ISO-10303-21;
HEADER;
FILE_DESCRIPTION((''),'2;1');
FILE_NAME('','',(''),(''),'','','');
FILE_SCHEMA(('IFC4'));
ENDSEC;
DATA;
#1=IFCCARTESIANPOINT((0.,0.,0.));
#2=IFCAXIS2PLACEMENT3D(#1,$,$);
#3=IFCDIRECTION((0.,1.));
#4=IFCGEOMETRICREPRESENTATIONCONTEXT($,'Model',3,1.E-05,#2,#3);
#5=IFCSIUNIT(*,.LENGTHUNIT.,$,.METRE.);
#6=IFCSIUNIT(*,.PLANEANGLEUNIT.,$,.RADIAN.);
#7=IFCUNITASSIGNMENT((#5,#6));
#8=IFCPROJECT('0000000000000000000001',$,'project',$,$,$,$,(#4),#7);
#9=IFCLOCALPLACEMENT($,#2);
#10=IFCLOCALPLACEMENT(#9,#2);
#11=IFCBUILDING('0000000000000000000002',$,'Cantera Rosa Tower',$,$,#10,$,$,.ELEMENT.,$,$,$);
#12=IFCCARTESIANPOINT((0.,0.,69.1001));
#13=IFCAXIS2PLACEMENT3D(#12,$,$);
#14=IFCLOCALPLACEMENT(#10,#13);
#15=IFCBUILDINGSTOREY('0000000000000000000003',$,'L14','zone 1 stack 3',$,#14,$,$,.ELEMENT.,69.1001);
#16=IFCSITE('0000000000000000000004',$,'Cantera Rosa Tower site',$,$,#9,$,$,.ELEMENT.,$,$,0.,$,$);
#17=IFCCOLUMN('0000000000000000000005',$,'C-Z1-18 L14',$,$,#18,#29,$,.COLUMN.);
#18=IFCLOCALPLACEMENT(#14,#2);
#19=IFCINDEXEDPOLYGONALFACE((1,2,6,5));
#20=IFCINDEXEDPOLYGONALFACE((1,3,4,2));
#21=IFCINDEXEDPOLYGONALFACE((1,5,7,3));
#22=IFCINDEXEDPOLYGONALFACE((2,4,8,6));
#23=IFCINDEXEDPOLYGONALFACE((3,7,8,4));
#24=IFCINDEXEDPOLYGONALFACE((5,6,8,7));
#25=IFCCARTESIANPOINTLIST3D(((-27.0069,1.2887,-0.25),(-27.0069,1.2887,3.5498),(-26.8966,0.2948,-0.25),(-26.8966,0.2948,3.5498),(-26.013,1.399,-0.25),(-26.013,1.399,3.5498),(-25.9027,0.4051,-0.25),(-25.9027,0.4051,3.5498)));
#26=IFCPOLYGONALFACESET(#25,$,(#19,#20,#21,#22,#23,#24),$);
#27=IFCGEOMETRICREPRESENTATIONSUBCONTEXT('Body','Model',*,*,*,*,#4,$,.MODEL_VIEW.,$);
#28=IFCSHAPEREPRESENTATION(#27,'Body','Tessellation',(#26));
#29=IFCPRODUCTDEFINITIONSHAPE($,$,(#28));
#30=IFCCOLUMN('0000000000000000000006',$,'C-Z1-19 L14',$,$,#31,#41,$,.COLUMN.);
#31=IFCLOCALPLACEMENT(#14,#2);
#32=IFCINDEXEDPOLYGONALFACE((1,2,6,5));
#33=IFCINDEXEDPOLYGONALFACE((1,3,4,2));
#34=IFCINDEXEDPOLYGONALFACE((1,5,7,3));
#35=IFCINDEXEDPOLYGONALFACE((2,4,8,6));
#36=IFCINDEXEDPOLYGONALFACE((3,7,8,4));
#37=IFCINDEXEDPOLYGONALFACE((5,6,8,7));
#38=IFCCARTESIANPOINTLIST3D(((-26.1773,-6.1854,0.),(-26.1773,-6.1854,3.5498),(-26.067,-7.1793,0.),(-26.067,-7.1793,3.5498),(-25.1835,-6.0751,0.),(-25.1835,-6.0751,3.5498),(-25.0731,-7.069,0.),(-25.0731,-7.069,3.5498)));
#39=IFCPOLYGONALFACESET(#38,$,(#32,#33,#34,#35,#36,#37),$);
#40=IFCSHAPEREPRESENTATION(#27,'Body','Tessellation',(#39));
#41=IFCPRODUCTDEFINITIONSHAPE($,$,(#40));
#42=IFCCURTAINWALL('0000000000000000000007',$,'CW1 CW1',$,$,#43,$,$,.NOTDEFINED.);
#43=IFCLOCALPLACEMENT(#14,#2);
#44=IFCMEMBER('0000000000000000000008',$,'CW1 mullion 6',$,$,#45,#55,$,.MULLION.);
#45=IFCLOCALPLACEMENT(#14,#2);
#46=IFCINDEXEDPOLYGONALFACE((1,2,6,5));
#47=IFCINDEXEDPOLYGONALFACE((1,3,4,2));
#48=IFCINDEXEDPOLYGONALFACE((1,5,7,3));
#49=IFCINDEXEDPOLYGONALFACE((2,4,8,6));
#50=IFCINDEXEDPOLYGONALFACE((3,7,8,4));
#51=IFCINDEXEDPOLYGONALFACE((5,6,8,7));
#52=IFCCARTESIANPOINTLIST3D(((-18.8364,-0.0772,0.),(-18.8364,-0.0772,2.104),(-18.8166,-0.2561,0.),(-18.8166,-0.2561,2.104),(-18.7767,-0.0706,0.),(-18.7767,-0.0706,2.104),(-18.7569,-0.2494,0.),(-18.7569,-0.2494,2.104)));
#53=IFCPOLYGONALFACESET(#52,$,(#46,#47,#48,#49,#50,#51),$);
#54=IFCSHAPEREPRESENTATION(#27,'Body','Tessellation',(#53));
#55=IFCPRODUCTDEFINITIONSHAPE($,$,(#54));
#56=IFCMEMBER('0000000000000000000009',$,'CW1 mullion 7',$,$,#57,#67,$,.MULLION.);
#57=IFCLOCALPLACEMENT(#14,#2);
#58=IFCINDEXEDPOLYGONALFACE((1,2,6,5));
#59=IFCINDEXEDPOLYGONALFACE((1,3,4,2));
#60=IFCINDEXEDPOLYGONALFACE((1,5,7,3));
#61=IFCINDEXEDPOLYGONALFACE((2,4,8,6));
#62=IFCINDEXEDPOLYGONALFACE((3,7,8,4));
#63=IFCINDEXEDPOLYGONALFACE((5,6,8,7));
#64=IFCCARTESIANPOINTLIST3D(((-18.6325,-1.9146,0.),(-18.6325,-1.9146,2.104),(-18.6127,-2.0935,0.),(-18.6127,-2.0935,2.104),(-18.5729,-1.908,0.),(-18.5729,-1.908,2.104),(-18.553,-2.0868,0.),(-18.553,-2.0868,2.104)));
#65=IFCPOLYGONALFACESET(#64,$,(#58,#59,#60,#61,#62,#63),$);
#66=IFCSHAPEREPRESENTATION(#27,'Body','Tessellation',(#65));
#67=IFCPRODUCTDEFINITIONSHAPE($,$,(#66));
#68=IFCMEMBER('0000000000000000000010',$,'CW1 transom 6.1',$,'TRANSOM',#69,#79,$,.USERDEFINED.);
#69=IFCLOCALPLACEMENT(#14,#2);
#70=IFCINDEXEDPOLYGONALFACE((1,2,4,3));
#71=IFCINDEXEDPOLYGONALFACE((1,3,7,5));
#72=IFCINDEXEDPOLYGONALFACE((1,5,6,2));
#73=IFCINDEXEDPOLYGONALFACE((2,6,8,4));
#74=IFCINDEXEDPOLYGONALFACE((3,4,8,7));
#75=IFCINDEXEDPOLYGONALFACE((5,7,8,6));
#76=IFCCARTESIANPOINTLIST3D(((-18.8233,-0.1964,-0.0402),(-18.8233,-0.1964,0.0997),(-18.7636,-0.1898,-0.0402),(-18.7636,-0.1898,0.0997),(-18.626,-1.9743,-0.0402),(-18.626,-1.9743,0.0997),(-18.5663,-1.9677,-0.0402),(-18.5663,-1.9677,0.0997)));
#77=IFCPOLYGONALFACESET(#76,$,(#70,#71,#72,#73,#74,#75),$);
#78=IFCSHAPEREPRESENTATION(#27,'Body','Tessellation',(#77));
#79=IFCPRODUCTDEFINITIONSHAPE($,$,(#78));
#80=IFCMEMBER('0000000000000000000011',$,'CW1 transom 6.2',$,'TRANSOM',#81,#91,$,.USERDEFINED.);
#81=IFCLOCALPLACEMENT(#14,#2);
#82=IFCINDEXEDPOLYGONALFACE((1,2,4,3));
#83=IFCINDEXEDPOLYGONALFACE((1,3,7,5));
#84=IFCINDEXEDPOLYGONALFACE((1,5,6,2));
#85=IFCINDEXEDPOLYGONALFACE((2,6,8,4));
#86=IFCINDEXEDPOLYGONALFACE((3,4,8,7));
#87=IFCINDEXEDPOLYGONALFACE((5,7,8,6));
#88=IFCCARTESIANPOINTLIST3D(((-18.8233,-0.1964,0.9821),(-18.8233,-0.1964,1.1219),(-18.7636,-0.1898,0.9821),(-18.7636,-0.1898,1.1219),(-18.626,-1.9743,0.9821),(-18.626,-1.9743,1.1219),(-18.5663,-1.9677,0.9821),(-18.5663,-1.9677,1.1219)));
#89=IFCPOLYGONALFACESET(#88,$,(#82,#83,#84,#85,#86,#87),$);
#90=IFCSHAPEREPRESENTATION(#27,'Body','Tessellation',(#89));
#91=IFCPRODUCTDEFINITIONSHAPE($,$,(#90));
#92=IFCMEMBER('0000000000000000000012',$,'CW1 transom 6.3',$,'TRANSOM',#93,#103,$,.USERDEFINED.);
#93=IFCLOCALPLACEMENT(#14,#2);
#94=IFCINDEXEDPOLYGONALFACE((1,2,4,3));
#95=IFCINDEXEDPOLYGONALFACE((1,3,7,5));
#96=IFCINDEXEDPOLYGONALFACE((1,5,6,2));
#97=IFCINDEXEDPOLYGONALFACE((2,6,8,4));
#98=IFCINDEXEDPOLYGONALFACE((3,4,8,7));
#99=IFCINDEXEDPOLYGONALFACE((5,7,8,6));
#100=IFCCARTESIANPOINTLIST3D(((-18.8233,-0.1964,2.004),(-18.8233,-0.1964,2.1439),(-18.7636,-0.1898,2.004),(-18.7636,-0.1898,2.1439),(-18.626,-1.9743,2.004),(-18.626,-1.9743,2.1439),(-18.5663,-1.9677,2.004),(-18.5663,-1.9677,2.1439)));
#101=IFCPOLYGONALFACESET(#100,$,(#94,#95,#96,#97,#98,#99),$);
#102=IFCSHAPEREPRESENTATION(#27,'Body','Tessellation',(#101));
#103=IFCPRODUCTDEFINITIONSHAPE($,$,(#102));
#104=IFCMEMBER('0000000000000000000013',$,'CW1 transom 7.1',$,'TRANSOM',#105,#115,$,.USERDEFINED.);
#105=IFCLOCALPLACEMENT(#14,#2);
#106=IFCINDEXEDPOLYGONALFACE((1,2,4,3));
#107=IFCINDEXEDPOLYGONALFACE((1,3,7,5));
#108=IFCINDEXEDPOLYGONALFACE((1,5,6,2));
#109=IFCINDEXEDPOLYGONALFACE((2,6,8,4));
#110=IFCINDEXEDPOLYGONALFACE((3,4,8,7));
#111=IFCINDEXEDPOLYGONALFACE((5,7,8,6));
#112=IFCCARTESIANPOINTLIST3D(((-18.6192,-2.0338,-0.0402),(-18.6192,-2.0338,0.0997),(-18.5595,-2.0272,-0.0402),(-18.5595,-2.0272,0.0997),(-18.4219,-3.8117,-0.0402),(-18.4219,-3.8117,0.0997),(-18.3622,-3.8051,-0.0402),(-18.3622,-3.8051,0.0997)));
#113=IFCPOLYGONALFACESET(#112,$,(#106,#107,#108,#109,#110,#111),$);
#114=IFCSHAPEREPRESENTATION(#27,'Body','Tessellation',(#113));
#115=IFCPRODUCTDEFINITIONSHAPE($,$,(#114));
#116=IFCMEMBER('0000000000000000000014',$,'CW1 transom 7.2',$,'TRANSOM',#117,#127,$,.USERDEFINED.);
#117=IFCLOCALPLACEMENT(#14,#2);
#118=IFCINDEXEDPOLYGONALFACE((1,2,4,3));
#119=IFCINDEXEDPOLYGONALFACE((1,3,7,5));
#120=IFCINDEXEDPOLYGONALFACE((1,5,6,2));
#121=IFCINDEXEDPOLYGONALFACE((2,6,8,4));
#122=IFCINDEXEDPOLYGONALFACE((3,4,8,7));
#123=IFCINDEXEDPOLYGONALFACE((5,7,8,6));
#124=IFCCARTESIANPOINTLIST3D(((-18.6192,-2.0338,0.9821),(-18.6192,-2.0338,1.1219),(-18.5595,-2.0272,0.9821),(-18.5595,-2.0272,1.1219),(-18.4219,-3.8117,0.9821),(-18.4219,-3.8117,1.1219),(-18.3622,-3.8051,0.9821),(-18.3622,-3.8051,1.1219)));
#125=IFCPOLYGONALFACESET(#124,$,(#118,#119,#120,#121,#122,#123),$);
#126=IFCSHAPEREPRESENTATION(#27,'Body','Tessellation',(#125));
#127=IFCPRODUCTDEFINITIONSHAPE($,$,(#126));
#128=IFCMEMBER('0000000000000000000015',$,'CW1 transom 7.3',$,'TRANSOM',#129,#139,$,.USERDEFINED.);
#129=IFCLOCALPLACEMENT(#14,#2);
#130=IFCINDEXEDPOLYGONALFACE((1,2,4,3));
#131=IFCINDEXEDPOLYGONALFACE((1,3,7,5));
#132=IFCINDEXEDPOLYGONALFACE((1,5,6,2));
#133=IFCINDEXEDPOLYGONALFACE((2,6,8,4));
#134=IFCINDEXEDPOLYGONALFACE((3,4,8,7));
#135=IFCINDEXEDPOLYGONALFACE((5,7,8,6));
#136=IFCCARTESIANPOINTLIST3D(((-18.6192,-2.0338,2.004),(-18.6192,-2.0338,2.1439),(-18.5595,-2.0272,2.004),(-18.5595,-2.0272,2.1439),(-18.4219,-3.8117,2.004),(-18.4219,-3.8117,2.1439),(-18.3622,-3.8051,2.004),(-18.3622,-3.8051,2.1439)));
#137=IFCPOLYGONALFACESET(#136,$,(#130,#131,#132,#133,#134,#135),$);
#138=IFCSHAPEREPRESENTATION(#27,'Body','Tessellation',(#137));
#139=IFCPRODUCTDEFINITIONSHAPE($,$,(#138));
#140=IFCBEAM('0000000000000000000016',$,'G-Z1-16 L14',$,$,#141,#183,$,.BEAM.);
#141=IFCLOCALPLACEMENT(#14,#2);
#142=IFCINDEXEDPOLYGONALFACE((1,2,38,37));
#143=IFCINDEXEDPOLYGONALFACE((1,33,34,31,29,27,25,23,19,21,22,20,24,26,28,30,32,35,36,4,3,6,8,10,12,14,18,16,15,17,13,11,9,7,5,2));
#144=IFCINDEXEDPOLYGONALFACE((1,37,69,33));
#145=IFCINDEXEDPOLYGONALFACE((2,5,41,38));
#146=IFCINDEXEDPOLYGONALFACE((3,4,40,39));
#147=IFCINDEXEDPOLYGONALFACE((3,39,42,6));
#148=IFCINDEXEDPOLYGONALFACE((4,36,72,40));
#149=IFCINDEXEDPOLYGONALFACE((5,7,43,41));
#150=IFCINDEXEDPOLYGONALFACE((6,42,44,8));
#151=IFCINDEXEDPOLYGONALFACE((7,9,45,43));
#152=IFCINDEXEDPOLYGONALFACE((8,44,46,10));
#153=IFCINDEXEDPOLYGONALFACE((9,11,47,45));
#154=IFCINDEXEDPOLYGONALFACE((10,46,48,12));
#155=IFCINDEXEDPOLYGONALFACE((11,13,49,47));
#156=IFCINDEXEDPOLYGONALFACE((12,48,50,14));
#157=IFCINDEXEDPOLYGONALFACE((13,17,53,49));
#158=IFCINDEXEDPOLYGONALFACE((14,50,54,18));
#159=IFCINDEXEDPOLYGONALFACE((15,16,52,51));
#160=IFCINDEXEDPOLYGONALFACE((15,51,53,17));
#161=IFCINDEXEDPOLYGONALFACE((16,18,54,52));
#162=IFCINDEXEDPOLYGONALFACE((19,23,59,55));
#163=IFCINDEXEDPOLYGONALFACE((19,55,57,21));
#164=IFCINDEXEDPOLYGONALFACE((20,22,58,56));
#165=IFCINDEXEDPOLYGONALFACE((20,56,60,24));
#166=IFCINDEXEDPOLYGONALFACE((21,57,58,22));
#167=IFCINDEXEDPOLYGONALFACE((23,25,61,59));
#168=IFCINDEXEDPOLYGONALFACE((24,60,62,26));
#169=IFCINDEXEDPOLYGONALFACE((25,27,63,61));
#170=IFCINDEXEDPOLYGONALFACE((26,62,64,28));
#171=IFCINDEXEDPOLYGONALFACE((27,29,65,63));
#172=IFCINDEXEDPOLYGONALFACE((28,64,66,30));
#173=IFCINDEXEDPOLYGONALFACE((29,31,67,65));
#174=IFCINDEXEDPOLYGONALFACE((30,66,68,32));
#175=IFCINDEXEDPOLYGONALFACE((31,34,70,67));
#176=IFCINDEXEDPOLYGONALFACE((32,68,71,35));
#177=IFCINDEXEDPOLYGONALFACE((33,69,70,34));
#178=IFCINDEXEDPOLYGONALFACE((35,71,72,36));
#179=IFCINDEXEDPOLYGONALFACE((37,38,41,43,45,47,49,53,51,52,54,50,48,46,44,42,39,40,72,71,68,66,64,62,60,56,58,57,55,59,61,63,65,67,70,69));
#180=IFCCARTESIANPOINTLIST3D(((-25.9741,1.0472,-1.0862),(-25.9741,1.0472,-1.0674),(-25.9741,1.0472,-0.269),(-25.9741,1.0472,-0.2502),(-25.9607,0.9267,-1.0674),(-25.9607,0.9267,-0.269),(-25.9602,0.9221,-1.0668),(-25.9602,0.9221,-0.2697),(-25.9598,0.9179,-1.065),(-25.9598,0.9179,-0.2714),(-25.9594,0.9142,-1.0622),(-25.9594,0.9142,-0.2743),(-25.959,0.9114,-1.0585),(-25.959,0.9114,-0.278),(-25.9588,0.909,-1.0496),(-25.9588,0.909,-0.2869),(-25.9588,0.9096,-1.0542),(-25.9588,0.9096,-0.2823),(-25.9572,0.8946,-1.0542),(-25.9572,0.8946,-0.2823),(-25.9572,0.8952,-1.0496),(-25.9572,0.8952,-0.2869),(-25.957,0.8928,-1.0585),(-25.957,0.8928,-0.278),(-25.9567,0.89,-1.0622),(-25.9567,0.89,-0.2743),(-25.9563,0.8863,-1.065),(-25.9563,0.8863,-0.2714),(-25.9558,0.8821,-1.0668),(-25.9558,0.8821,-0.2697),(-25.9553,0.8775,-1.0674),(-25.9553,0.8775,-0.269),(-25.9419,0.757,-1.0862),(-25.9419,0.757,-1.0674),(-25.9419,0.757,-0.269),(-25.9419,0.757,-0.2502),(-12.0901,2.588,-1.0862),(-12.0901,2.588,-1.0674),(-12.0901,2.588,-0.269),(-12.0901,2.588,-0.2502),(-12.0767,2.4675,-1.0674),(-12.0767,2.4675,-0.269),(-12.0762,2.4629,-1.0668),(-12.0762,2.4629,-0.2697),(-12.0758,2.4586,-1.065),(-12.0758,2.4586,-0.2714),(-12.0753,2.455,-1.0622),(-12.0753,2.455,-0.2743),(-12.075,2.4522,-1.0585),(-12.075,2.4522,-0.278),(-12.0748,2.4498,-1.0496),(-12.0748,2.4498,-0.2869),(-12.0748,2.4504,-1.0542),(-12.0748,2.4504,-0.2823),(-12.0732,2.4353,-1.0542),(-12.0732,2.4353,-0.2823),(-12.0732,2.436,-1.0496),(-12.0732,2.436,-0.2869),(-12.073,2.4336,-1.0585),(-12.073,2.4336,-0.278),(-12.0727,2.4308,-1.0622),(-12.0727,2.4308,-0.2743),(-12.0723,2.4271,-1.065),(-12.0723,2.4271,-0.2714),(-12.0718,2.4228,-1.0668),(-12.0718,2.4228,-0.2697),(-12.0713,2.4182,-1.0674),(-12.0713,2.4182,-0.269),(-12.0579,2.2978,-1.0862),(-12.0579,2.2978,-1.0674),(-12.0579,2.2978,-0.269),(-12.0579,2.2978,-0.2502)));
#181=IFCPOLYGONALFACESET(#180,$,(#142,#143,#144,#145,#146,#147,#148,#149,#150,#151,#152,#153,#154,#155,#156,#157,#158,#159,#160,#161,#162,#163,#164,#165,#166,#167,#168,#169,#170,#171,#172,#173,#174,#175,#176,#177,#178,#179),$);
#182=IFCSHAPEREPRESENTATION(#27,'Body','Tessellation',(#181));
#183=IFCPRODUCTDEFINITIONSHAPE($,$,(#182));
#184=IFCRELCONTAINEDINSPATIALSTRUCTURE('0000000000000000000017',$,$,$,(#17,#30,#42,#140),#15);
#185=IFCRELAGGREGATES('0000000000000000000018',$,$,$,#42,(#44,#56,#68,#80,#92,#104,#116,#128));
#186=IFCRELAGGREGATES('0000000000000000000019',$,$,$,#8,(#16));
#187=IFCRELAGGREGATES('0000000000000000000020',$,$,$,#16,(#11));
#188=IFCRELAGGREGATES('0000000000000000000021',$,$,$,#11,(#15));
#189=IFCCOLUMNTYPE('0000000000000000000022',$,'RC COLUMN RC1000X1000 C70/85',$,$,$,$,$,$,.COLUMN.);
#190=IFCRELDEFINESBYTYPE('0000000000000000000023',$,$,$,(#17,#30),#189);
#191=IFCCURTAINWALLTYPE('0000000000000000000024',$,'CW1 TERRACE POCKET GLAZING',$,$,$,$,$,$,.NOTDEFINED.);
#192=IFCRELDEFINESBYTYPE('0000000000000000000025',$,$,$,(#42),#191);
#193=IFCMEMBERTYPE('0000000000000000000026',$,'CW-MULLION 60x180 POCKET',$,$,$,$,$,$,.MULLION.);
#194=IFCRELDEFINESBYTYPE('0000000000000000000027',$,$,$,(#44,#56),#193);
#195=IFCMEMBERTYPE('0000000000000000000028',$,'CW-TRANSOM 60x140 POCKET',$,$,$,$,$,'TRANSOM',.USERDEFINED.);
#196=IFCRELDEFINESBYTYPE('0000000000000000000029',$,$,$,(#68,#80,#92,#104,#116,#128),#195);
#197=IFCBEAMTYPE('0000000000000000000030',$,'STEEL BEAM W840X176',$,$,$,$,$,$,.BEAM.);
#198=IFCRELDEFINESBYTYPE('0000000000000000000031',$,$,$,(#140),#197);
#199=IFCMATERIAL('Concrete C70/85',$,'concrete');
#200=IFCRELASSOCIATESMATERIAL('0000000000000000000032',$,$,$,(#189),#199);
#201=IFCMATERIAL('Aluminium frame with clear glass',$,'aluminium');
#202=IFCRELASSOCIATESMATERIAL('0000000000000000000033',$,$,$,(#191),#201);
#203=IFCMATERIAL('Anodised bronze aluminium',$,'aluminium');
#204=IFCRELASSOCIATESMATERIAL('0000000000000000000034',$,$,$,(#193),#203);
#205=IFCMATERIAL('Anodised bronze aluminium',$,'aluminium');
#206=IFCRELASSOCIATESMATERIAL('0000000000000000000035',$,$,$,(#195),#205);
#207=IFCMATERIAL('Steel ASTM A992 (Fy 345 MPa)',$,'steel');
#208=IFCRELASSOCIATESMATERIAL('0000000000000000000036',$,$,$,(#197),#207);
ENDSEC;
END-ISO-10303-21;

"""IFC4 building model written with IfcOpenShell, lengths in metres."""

from ifc_helpers import new_model, si_unit, direction, frame, origin, origin_2d, place, context, subcontext, project, spatial, rectangle, i_section, extrude, material, material_profile, profile_set, type_object, element, aggregate, save


model = new_model("IFC4")

# Units and contexts
model_context = context("Model", 3, precision=1e-05, world=origin(), true_north=direction((0.0, 1.0)))
body_context = subcontext(model_context, "Body", "Model", "MODEL_VIEW")
ifc_project = project(units=[si_unit("LENGTHUNIT", "METRE"), si_unit("PLANEANGLEUNIT", "RADIAN")], contexts=[model_context])

# Site, building, storey
site_placement = place(None, origin())
site = spatial("IfcSite", under=ifc_project, at=site_placement, Name="Cantera Rosa Tower site", CompositionType="ELEMENT", RefElevation=0.0)
building_placement = place(site_placement, origin())
building = spatial("IfcBuilding", under=site, at=building_placement, Name="Cantera Rosa Tower", CompositionType="ELEMENT")
storey_placement = place(building_placement, frame((0.0, 0.0, 69.1001)))
storey = spatial("IfcBuildingStorey", under=building, at=storey_placement, Name="L14", Description="zone 1 stack 3", CompositionType="ELEMENT", Elevation=69.1001)

# Columns
ifc_material_1 = material(Name="Concrete C70/85", Category="concrete")
ifc_material_profile_1 = material_profile(ifc_material_1, rectangle(XDim=1.0, YDim=1.0, at=origin_2d()), Name="RC COLUMN RC1000X1000 C70/85")
ifc_profile_set_1 = profile_set([ifc_material_profile_1], Name="Concrete C70/85")
column_type = type_object("IfcColumnType", Name="RC COLUMN RC1000X1000 C70/85", PredefinedType="COLUMN", material=ifc_profile_set_1)
column_1_placement = place(storey_placement, frame((-26.4548, 0.8469, -0.25), z_axis=(0.0, 0.0, 1.0), x_axis=(0.993897, 0.110313, 0.0)))
element("IfcColumn", 1, at=column_1_placement, inside=storey, type_object=column_type, Name="C-Z1-18 L14", PredefinedType="COLUMN", context=body_context, shape_type="SweptSolid", body=[
    extrude(rectangle(XDim=1.0, YDim=1.0, at=origin_2d()), origin(), (0.0, 0.0, 1.0), 3.7998),
])
column_2_placement = place(storey_placement, frame((-25.6252, -6.6272, 0.0), z_axis=(0.0, 0.0, 1.0), x_axis=(0.993897, 0.110313, 0.0)))
element("IfcColumn", 2, at=column_2_placement, inside=storey, type_object=column_type, Name="C-Z1-19 L14", PredefinedType="COLUMN", context=body_context, shape_type="SweptSolid", body=[
    extrude(rectangle(XDim=1.0, YDim=1.0, at=origin_2d()), origin(), (0.0, 0.0, 1.0), 3.5498),
])

# Curtain wall, members
ifc_material_2 = material(Name="Aluminium frame with clear glass", Category="aluminium")
curtain_wall_type = type_object("IfcCurtainWallType", Name="CW1 TERRACE POCKET GLAZING", PredefinedType="NOTDEFINED", material=ifc_material_2)
curtain_wall_placement = place(storey_placement, origin())
curtain_wall = element("IfcCurtainWall", 3, at=curtain_wall_placement, inside=storey, type_object=curtain_wall_type, Name="CW1 CW1", PredefinedType="NOTDEFINED")
ifc_material_3 = material(Name="Anodised bronze aluminium", Category="aluminium")
ifc_material_profile_2 = material_profile(ifc_material_3, rectangle(XDim=0.0601, YDim=0.1799, at=origin_2d()), Name="CW-MULLION 60x180 POCKET")
ifc_profile_set_2 = profile_set([ifc_material_profile_2], Name="Anodised bronze aluminium")
member_type_1 = type_object("IfcMemberType", Name="CW-MULLION 60x180 POCKET", PredefinedType="MULLION", material=ifc_profile_set_2)
member_1_placement = place(storey_placement, frame((-18.7966, -0.1633, 0.0), z_axis=(0.0, 0.0, 1.0), x_axis=(0.993897, 0.110313, 0.0)))
member_1 = element("IfcMember", 4, at=member_1_placement, type_object=member_type_1, Name="CW1 mullion 6", PredefinedType="MULLION", context=body_context, shape_type="SweptSolid", body=[
    extrude(rectangle(XDim=0.0601, YDim=0.1799, at=origin_2d()), origin(), (0.0, 0.0, 1.0), 2.104),
])
member_2_placement = place(storey_placement, frame((-18.5928, -2.0007, 0.0), z_axis=(0.0, 0.0, 1.0), x_axis=(0.993897, 0.110313, 0.0)))
member_2 = element("IfcMember", 5, at=member_2_placement, type_object=member_type_1, Name="CW1 mullion 7", PredefinedType="MULLION", context=body_context, shape_type="SweptSolid", body=[
    extrude(rectangle(XDim=0.0601, YDim=0.1799, at=origin_2d()), origin(), (0.0, 0.0, 1.0), 2.104),
])
ifc_material_4 = material(Name="Anodised bronze aluminium", Category="aluminium")
ifc_material_profile_3 = material_profile(ifc_material_4, rectangle(XDim=0.0601, YDim=0.1399, at=origin_2d()), Name="CW-TRANSOM 60x140 POCKET")
ifc_profile_set_3 = profile_set([ifc_material_profile_3], Name="Anodised bronze aluminium")
member_type_2 = type_object("IfcMemberType", Name="CW-TRANSOM 60x140 POCKET", ElementType="TRANSOM", PredefinedType="USERDEFINED", material=ifc_profile_set_3)
member_3_placement = place(storey_placement, frame((-18.7935, -0.1931, 0.0298), z_axis=(0.110282, -0.9939, 0.0), x_axis=(0.9939, 0.110282, 0.0)))
member_3 = element("IfcMember", 6, at=member_3_placement, type_object=member_type_2, Name="CW1 transom 6.1", ObjectType="TRANSOM", PredefinedType="USERDEFINED", context=body_context, shape_type="SweptSolid", body=[
    extrude(rectangle(XDim=0.0601, YDim=0.1399, at=origin_2d()), origin(), (0.0, 0.0, 1.0), 1.7888),
])
member_4_placement = place(storey_placement, frame((-18.7935, -0.1931, 1.052), z_axis=(0.110282, -0.9939, 0.0), x_axis=(0.9939, 0.110282, 0.0)))
member_4 = element("IfcMember", 7, at=member_4_placement, type_object=member_type_2, Name="CW1 transom 6.2", ObjectType="TRANSOM", PredefinedType="USERDEFINED", context=body_context, shape_type="SweptSolid", body=[
    extrude(rectangle(XDim=0.0601, YDim=0.1399, at=origin_2d()), origin(), (0.0, 0.0, 1.0), 1.7888),
])
member_5_placement = place(storey_placement, frame((-18.7935, -0.1931, 2.074), z_axis=(0.110282, -0.9939, 0.0), x_axis=(0.9939, 0.110282, 0.0)))
member_5 = element("IfcMember", 8, at=member_5_placement, type_object=member_type_2, Name="CW1 transom 6.3", ObjectType="TRANSOM", PredefinedType="USERDEFINED", context=body_context, shape_type="SweptSolid", body=[
    extrude(rectangle(XDim=0.0601, YDim=0.1399, at=origin_2d()), origin(), (0.0, 0.0, 1.0), 1.7888),
])
member_6_placement = place(storey_placement, frame((-18.5894, -2.0305, 0.0298), z_axis=(0.110282, -0.9939, 0.0), x_axis=(0.9939, 0.110282, 0.0)))
member_6 = element("IfcMember", 9, at=member_6_placement, type_object=member_type_2, Name="CW1 transom 7.1", ObjectType="TRANSOM", PredefinedType="USERDEFINED", context=body_context, shape_type="SweptSolid", body=[
    extrude(rectangle(XDim=0.0601, YDim=0.1399, at=origin_2d()), origin(), (0.0, 0.0, 1.0), 1.7888),
])
member_7_placement = place(storey_placement, frame((-18.5894, -2.0305, 1.052), z_axis=(0.110282, -0.9939, 0.0), x_axis=(0.9939, 0.110282, 0.0)))
member_7 = element("IfcMember", 10, at=member_7_placement, type_object=member_type_2, Name="CW1 transom 7.2", ObjectType="TRANSOM", PredefinedType="USERDEFINED", context=body_context, shape_type="SweptSolid", body=[
    extrude(rectangle(XDim=0.0601, YDim=0.1399, at=origin_2d()), origin(), (0.0, 0.0, 1.0), 1.7888),
])
member_8_placement = place(storey_placement, frame((-18.5894, -2.0305, 2.074), z_axis=(0.110282, -0.9939, 0.0), x_axis=(0.9939, 0.110282, 0.0)))
member_8 = element("IfcMember", 11, at=member_8_placement, type_object=member_type_2, Name="CW1 transom 7.3", ObjectType="TRANSOM", PredefinedType="USERDEFINED", context=body_context, shape_type="SweptSolid", body=[
    extrude(rectangle(XDim=0.0601, YDim=0.1399, at=origin_2d()), origin(), (0.0, 0.0, 1.0), 1.7888),
])

# Beam
ifc_material_5 = material(Name="Steel ASTM A992 (Fy 345 MPa)", Category="steel")
ifc_material_profile_4 = material_profile(ifc_material_5, i_section(OverallWidth=0.292, OverallDepth=0.8359, WebThickness=0.0139, FlangeThickness=0.0188, FilletRadius=0.0178, at=origin_2d()), Name="W840X176")
ifc_profile_set_4 = profile_set([ifc_material_profile_4], Name="Steel ASTM A992 (Fy 345 MPa)")
beam_type_1 = type_object("IfcBeamType", Name="STEEL BEAM W840X176", PredefinedType="BEAM", material=ifc_profile_set_4)
beam_1_placement = place(storey_placement, frame((-25.958, 0.9021, -0.6682), z_axis=(0.993899, 0.110297, 0.0), x_axis=(-0.110297, 0.993899, 0.0)))
element("IfcBeam", 12, at=beam_1_placement, inside=storey, type_object=beam_type_1, Name="G-Z1-16 L14", PredefinedType="BEAM", context=body_context, shape_type="SweptSolid", body=[
    extrude(i_section(OverallWidth=0.292, OverallDepth=0.8359, WebThickness=0.0139, FlangeThickness=0.0188, FilletRadius=0.0178, at=origin_2d()), origin(), (0.0, 0.0, 1.0), 13.9692),
])

aggregate(curtain_wall, [member_1, member_2, member_3, member_4, member_5, member_6, member_7, member_8])

save(model, "model.ifc")
